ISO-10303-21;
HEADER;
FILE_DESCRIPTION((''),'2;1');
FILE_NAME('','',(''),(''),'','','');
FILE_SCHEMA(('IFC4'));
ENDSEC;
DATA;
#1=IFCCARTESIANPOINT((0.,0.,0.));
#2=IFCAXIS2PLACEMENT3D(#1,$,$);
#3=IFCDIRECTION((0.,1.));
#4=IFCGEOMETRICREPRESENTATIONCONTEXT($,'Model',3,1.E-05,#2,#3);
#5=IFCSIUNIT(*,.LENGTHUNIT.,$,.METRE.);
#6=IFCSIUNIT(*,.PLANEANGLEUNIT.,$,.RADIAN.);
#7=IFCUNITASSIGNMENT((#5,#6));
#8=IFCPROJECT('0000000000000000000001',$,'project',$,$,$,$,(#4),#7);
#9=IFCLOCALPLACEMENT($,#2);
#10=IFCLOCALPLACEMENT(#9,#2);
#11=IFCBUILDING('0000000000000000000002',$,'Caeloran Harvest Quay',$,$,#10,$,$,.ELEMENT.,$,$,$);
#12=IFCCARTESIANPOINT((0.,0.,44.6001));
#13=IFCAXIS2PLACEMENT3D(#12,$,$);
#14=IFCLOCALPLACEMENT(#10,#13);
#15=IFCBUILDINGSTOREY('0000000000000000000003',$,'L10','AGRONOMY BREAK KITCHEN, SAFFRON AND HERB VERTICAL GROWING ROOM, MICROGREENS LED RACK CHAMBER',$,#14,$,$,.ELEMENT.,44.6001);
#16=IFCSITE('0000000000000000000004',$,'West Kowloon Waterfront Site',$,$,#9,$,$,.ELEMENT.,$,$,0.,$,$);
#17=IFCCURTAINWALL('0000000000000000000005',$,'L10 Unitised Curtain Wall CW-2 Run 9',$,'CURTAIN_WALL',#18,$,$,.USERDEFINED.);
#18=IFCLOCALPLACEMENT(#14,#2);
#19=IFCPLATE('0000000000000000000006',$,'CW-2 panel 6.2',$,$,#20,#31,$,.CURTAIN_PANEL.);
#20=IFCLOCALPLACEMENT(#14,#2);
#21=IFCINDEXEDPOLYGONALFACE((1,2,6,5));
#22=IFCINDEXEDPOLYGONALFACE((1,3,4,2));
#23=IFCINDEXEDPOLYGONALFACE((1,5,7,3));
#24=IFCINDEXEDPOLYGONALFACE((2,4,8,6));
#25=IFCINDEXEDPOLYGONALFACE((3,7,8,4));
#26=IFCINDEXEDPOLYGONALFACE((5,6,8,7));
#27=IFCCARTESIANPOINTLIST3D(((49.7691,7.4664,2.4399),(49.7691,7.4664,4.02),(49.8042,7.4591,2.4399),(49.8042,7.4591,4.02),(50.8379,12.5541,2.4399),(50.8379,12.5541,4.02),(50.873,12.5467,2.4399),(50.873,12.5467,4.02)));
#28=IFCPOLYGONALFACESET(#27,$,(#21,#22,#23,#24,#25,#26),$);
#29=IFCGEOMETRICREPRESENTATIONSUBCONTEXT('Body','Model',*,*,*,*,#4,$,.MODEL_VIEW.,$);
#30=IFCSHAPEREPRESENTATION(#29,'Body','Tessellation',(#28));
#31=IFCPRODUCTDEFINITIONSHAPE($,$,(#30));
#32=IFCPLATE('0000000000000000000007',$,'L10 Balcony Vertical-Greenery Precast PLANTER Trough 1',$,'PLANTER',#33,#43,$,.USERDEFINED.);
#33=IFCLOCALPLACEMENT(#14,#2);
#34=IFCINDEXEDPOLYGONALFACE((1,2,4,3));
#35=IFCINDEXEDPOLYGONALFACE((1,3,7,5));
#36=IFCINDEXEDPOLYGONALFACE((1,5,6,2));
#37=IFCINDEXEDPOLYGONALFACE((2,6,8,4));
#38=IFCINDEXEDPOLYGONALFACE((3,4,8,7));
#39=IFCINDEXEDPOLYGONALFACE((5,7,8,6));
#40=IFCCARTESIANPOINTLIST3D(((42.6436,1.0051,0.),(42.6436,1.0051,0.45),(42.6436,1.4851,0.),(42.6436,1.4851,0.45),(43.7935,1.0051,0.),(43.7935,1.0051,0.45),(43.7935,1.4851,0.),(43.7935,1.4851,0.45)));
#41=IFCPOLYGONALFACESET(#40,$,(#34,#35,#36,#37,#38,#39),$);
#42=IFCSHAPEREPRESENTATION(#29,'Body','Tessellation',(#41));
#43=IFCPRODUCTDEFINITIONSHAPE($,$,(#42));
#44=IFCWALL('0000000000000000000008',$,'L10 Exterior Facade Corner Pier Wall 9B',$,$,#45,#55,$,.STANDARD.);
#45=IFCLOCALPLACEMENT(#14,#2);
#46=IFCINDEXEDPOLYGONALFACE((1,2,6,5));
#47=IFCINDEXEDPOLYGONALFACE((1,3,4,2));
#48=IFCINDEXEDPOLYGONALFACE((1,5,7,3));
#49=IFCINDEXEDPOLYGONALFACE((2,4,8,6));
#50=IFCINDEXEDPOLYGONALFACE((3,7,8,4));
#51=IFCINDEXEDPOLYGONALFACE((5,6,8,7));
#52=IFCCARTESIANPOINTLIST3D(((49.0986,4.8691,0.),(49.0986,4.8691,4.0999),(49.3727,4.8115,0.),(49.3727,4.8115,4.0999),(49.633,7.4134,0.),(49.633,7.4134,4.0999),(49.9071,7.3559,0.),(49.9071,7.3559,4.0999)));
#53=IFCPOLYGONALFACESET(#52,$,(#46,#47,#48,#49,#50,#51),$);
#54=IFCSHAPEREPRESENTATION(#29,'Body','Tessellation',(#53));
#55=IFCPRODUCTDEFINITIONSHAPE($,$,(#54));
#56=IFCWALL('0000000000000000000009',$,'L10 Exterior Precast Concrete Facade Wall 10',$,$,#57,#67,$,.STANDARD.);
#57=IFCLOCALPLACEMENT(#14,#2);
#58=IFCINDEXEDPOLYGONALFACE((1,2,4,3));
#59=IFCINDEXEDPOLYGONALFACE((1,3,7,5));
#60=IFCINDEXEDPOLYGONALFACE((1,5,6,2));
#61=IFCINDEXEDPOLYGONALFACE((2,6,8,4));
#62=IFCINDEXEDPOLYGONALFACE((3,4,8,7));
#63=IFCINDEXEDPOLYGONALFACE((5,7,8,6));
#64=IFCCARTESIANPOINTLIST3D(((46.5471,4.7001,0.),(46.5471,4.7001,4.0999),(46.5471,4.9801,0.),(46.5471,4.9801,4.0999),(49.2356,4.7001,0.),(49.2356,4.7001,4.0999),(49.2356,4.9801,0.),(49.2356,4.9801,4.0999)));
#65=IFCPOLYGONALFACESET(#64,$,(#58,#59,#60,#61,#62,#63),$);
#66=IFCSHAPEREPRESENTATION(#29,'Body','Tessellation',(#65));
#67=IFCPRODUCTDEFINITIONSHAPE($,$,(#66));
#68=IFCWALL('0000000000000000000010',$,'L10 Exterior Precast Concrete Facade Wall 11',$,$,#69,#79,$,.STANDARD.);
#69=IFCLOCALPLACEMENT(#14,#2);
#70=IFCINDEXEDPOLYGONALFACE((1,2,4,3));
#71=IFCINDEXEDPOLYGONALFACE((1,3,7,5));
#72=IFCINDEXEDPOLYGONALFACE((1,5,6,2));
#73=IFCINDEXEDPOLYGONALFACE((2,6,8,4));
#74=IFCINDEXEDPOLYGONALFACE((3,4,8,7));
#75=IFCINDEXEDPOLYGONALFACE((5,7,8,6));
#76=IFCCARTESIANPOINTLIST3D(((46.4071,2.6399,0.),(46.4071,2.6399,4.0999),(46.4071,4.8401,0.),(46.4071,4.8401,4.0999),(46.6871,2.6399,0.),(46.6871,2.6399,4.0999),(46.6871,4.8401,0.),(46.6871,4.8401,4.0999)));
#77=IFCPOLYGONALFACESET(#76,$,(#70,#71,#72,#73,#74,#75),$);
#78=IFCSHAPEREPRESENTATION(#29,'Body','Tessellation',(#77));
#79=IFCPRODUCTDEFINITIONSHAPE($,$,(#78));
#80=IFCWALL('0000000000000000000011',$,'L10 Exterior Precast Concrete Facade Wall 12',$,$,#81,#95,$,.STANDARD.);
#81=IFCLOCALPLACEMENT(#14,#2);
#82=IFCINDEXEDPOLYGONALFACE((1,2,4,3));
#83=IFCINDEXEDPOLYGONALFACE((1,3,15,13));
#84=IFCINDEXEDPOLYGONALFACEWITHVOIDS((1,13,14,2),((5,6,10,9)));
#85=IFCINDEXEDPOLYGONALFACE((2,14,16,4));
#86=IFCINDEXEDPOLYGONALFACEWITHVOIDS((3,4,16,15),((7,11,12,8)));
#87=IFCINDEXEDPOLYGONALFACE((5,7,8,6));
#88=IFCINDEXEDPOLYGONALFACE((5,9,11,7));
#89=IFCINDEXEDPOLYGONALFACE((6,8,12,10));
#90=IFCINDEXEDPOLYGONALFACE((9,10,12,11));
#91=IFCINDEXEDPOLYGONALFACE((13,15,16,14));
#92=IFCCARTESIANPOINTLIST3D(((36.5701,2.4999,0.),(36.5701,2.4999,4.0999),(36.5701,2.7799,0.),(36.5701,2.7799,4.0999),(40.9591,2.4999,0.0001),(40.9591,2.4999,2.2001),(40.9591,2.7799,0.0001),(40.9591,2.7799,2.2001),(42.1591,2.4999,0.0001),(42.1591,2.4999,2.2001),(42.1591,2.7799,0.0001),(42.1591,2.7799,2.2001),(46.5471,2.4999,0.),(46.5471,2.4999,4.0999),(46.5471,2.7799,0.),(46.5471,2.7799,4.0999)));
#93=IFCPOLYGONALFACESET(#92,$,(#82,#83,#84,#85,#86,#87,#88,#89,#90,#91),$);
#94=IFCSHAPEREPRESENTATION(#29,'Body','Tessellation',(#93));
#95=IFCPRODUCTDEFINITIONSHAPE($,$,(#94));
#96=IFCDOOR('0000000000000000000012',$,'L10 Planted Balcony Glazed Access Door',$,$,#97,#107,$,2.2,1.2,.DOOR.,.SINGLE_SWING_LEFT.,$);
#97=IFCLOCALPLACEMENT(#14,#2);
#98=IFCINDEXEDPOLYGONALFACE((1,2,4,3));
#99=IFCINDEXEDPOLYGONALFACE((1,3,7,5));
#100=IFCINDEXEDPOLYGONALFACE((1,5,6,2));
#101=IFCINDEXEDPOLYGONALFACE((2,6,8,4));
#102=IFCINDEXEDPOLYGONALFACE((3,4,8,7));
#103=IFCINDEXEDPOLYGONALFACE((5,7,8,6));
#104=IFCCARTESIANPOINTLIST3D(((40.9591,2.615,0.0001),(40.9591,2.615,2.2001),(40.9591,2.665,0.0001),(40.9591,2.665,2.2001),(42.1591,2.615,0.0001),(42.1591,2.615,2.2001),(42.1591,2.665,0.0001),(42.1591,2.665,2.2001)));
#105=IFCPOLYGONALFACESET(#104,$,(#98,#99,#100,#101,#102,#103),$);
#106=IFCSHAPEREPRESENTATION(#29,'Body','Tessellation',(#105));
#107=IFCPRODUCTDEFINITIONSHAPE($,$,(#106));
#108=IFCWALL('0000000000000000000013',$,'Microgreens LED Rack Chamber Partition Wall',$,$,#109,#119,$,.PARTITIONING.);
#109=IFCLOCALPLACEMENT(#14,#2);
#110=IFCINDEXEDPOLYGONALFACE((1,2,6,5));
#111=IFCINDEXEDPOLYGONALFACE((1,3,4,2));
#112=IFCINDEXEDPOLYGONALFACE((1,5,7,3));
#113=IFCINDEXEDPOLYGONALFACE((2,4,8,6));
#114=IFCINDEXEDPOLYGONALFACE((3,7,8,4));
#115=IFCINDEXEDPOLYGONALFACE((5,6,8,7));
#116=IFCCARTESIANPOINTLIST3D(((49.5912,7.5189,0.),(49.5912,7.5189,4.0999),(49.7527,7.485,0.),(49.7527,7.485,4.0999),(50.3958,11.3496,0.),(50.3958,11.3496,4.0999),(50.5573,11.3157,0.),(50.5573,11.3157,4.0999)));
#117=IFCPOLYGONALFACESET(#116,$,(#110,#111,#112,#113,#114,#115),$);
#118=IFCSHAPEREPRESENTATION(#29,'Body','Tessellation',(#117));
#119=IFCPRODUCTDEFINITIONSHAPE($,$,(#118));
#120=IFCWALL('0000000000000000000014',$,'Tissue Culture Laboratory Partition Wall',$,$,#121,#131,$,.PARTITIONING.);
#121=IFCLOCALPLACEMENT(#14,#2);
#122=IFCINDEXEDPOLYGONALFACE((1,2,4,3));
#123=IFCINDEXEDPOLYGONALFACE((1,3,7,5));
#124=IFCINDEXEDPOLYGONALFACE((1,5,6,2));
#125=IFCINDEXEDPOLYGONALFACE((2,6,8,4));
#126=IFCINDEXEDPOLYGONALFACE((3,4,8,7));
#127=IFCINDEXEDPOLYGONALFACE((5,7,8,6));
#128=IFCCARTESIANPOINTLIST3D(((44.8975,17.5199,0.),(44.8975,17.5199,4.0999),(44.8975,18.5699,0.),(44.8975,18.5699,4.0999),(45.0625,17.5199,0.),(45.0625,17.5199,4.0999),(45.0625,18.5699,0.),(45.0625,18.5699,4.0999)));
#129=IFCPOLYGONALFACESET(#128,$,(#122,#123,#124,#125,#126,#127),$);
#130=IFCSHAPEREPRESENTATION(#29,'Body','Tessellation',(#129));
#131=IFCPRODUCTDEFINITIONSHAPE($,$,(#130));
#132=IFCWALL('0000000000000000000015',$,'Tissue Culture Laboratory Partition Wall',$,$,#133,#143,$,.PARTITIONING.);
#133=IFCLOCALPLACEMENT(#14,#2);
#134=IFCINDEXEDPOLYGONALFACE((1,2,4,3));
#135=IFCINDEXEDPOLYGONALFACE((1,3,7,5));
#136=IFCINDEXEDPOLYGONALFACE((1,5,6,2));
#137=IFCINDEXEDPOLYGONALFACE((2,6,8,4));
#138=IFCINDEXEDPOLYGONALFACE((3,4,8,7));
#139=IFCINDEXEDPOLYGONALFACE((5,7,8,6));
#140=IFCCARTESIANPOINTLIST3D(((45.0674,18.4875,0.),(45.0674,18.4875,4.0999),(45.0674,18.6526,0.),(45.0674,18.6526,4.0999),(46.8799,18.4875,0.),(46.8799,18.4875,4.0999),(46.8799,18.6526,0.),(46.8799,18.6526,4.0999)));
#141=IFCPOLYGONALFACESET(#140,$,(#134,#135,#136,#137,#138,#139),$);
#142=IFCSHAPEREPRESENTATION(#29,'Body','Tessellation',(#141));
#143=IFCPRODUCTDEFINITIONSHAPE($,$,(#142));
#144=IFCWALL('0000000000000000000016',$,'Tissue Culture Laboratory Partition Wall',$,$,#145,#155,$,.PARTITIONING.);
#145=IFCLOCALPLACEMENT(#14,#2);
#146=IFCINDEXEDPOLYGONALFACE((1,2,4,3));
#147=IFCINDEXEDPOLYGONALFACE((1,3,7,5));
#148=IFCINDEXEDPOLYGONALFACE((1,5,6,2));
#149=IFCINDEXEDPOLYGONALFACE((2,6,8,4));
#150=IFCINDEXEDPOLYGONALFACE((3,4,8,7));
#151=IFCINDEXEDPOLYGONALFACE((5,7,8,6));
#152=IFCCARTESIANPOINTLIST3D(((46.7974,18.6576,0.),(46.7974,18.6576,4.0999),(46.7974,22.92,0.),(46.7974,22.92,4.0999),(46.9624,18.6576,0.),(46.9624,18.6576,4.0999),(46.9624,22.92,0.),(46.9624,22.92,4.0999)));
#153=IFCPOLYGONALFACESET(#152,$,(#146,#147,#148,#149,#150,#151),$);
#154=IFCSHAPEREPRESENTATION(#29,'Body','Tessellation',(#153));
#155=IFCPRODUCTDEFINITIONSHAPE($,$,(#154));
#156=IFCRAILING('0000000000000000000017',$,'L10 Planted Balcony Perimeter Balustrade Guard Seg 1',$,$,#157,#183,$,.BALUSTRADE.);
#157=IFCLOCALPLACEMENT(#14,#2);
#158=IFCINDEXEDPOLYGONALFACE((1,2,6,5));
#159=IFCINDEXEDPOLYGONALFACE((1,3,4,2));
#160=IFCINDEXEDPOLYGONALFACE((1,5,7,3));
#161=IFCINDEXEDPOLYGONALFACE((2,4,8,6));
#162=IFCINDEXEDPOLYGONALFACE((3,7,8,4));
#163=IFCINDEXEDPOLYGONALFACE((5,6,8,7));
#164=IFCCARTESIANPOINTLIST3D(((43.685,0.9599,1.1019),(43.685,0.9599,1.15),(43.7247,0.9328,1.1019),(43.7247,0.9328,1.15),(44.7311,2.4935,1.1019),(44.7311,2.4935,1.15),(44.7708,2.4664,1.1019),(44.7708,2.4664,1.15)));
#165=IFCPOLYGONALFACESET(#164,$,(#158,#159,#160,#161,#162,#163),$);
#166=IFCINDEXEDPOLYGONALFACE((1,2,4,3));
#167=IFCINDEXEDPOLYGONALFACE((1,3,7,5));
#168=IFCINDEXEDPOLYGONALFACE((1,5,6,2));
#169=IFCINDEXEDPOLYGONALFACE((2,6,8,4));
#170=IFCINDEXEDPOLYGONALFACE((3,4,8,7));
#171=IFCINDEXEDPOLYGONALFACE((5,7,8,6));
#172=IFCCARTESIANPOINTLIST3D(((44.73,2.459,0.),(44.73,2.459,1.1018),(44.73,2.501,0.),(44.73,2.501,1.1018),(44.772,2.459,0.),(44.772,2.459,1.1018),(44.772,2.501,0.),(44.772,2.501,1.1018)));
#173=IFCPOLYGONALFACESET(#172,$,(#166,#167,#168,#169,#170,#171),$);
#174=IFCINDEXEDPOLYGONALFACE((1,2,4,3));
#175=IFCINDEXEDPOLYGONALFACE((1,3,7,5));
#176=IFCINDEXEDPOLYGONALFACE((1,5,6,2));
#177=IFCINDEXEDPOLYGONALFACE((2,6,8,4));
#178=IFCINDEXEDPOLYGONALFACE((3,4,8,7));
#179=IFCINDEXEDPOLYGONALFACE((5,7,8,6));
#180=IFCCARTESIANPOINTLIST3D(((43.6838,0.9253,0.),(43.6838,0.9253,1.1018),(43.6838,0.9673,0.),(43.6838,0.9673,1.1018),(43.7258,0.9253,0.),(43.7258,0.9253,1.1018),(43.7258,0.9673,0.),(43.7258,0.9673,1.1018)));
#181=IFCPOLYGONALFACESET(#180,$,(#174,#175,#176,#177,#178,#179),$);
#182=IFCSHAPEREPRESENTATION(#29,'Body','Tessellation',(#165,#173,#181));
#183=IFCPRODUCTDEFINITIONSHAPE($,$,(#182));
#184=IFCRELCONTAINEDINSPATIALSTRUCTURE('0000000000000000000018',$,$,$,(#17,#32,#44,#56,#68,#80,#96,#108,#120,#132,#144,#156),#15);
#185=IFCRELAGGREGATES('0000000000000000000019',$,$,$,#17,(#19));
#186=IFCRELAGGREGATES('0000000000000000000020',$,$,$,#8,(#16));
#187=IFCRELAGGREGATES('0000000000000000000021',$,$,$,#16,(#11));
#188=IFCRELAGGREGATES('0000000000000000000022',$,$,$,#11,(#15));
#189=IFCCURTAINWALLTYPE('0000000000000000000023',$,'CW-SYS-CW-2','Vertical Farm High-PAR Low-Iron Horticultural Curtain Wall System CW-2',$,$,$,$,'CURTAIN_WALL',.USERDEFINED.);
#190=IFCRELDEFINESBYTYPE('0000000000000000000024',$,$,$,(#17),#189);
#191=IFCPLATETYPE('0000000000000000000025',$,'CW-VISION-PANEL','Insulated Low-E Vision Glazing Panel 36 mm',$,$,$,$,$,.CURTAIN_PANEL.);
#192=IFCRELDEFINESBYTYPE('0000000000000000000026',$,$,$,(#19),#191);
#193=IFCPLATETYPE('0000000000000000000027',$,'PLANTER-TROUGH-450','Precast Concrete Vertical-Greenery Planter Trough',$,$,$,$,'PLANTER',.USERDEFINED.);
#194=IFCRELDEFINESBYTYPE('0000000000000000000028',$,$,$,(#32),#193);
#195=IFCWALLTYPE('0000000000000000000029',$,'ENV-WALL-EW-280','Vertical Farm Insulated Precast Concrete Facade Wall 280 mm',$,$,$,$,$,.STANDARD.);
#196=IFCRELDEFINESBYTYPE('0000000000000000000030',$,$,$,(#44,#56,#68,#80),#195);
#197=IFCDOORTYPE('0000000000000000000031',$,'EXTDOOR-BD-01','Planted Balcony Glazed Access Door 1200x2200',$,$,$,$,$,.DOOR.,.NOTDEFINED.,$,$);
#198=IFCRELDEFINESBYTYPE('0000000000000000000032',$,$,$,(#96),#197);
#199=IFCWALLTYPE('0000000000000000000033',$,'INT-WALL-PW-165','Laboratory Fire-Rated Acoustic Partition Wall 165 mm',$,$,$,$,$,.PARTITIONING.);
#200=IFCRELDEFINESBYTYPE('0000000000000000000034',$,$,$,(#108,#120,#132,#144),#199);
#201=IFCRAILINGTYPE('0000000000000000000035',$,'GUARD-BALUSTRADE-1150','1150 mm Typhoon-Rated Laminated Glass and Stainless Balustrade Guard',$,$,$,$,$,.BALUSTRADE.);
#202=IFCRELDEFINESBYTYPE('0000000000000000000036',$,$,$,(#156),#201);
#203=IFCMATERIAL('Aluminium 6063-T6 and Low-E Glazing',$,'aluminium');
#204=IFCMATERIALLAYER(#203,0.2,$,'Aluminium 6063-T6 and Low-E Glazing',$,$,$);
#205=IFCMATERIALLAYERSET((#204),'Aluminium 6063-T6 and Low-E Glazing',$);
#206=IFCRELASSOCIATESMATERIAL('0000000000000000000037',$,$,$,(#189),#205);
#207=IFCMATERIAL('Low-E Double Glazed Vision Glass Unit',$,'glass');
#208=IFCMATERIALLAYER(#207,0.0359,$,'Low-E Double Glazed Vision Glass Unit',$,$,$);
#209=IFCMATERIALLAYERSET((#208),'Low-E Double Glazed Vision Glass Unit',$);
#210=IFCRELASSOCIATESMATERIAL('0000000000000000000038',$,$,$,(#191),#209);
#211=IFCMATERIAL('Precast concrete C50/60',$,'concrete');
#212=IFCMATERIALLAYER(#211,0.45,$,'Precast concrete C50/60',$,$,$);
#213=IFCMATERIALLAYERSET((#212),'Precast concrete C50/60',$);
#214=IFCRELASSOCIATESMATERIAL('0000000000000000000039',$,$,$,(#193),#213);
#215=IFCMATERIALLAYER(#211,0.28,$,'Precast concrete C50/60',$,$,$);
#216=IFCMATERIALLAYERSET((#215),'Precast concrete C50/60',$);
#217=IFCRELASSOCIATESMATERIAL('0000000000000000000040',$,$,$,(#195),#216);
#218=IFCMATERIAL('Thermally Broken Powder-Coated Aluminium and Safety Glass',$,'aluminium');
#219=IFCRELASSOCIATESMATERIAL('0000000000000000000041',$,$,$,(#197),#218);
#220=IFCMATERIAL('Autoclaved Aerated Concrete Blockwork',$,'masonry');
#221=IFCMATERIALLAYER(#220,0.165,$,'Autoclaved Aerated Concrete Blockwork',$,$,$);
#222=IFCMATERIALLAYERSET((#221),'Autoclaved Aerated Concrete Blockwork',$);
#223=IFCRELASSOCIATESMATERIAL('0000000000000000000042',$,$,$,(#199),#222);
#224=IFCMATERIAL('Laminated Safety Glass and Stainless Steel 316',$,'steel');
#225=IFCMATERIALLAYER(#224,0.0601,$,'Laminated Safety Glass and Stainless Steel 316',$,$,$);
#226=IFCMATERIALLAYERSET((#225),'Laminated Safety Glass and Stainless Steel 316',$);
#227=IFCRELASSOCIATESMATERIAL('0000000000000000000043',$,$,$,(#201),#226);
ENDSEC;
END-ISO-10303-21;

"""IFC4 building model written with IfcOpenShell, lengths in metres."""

from ifc_helpers import new_model, si_unit, direction, frame, frame_2d, origin, origin_2d, place, context, subcontext, project, spatial, rectangle, extrude, material, layer, layer_set, type_object, element, fill, aggregate, save


model = new_model("IFC4")

# Units and contexts
model_context = context("Model", 3, precision=1e-05, world=origin(), true_north=direction((0.0, 1.0)))
body_context = subcontext(model_context, "Body", "Model", "MODEL_VIEW")
ifc_project = project(units=[si_unit("LENGTHUNIT", "METRE"), si_unit("PLANEANGLEUNIT", "RADIAN")], contexts=[model_context])

# Site, building, storey
site_placement = place(None, origin())
site = spatial("IfcSite", under=ifc_project, at=site_placement, Name="West Kowloon Waterfront Site", CompositionType="ELEMENT", RefElevation=0.0)
building_placement = place(site_placement, origin())
building = spatial("IfcBuilding", under=site, at=building_placement, Name="Caeloran Harvest Quay", CompositionType="ELEMENT")
storey_placement = place(building_placement, frame((0.0, 0.0, 44.6001)))
storey = spatial("IfcBuildingStorey", under=building, at=storey_placement, Name="L10", Description="AGRONOMY BREAK KITCHEN, SAFFRON AND HERB VERTICAL GROWING ROOM, MICROGREENS LED RACK CHAMBER", CompositionType="ELEMENT", Elevation=44.6001)

# Curtain wall, plate
ifc_material_1 = material(Name="Aluminium 6063-T6 and Low-E Glazing", Category="aluminium")
ifc_layer_1 = layer(ifc_material_1, 0.2, Name="Aluminium 6063-T6 and Low-E Glazing")
ifc_layer_set_1 = layer_set([ifc_layer_1], Name="Aluminium 6063-T6 and Low-E Glazing")
curtain_wall_type = type_object("IfcCurtainWallType", Name="CW-SYS-CW-2", Description="Vertical Farm High-PAR Low-Iron Horticultural Curtain Wall System CW-2", ElementType="CURTAIN_WALL", PredefinedType="USERDEFINED", material=ifc_layer_set_1)
curtain_wall_placement = place(storey_placement, origin())
curtain_wall = element("IfcCurtainWall", 1, at=curtain_wall_placement, inside=storey, type_object=curtain_wall_type, Name="L10 Unitised Curtain Wall CW-2 Run 9", ObjectType="CURTAIN_WALL", PredefinedType="USERDEFINED")
ifc_material_2 = material(Name="Low-E Double Glazed Vision Glass Unit", Category="glass")
ifc_layer_2 = layer(ifc_material_2, 0.0359, Name="Low-E Double Glazed Vision Glass Unit")
ifc_layer_set_2 = layer_set([ifc_layer_2], Name="Low-E Double Glazed Vision Glass Unit")
plate_type_1 = type_object("IfcPlateType", Name="CW-VISION-PANEL", Description="Insulated Low-E Vision Glazing Panel 36 mm", PredefinedType="CURTAIN_PANEL", material=ifc_layer_set_2)
plate_1_placement = place(storey_placement, frame((50.321, 10.0066, 2.4399), z_axis=(0.0, 0.0, 1.0), x_axis=(-0.205583, -0.97864, 0.0)))
plate_1 = element("IfcPlate", 2, at=plate_1_placement, type_object=plate_type_1, Name="CW-2 panel 6.2", PredefinedType="CURTAIN_PANEL", context=body_context, shape_type="SweptSolid", body=[
    extrude(rectangle(XDim=5.1987, YDim=0.0359, at=origin_2d()), origin(), (0.0, 0.0, 1.0), 1.5801),
])
aggregate(curtain_wall, [plate_1])

# Plate
ifc_material_3 = material(Name="Precast concrete C50/60", Category="concrete")
ifc_layer_3 = layer(ifc_material_3, 0.45, Name="Precast concrete C50/60")
ifc_layer_set_3 = layer_set([ifc_layer_3], Name="Precast concrete C50/60")
plate_type_2 = type_object("IfcPlateType", Name="PLANTER-TROUGH-450", Description="Precast Concrete Vertical-Greenery Planter Trough", ElementType="PLANTER", PredefinedType="USERDEFINED", material=ifc_layer_set_3)
plate_2_placement = place(storey_placement, frame((43.2185, 1.2451, 0.0), z_axis=(0.0, 0.0, 1.0), x_axis=(1.0, 0.0, 0.0)))
element("IfcPlate", 3, at=plate_2_placement, inside=storey, type_object=plate_type_2, Name="L10 Balcony Vertical-Greenery Precast PLANTER Trough 1", ObjectType="PLANTER", PredefinedType="USERDEFINED", context=body_context, shape_type="SweptSolid", body=[
    extrude(rectangle(XDim=1.1499, YDim=0.48, at=origin_2d()), origin(), (0.0, 0.0, 1.0), 0.45),
])

# Walls
ifc_layer_4 = layer(ifc_material_3, 0.28, Name="Precast concrete C50/60")
ifc_layer_set_4 = layer_set([ifc_layer_4], Name="Precast concrete C50/60")
wall_type_1 = type_object("IfcWallType", Name="ENV-WALL-EW-280", Description="Vertical Farm Insulated Precast Concrete Facade Wall 280 mm", PredefinedType="STANDARD", material=ifc_layer_set_4)
wall_1_placement = place(storey_placement, frame((49.77, 7.3845, 0.0), z_axis=(0.0, 0.0, 1.0), x_axis=(-0.205551, -0.978646, 0.0)))
element("IfcWall", 4, at=wall_1_placement, inside=storey, type_object=wall_type_1, Name="L10 Exterior Facade Corner Pier Wall 9B", PredefinedType="STANDARD", context=body_context, shape_type="SweptSolid", body=[
    extrude(rectangle(XDim=2.5999, YDim=0.28, at=frame_2d((1.2998, 0.0))), origin(), (0.0, 0.0, 1.0), 4.0999),
])
wall_2_placement = place(storey_placement, frame((49.2356, 4.8401, 0.0), z_axis=(0.0, 0.0, 1.0), x_axis=(-1.0, 0.0, 0.0)))
element("IfcWall", 5, at=wall_2_placement, inside=storey, type_object=wall_type_1, Name="L10 Exterior Precast Concrete Facade Wall 10", PredefinedType="STANDARD", context=body_context, shape_type="SweptSolid", body=[
    extrude(rectangle(XDim=2.6885, YDim=0.28, at=frame_2d((1.3442, 0.0))), origin(), (0.0, 0.0, 1.0), 4.0999),
])
wall_3_placement = place(storey_placement, frame((46.5471, 4.8401, 0.0), z_axis=(0.0, 0.0, 1.0), x_axis=(0.0, -1.0, 0.0)))
element("IfcWall", 6, at=wall_3_placement, inside=storey, type_object=wall_type_1, Name="L10 Exterior Precast Concrete Facade Wall 11", PredefinedType="STANDARD", context=body_context, shape_type="SweptSolid", body=[
    extrude(rectangle(XDim=2.2002, YDim=0.28, at=frame_2d((1.1001, 0.0))), origin(), (0.0, 0.0, 1.0), 4.0999),
])

# Wall, opening, door
wall_4_placement = place(storey_placement, frame((46.5471, 2.6399, 0.0), z_axis=(0.0, 0.0, 1.0), x_axis=(-1.0, 0.0, 0.0)))
wall_4 = element("IfcWall", 7, at=wall_4_placement, inside=storey, type_object=wall_type_1, Name="L10 Exterior Precast Concrete Facade Wall 12", PredefinedType="STANDARD", context=body_context, shape_type="SweptSolid", body=[
    extrude(rectangle(XDim=9.9771, YDim=0.28, at=frame_2d((4.9885, 0.0))), origin(), (0.0, 0.0, 1.0), 4.0999),
])
opening_placement = place(wall_4_placement, frame((4.3879, 0.0, 0.0)))
opening = element("IfcOpeningElement", 8, at=opening_placement, cuts=wall_4, PredefinedType="OPENING", context=body_context, shape_type="SweptSolid", body=[
    extrude(rectangle(XDim=1.2, YDim=2.2, at=frame_2d((0.6001, 1.1001))), frame((0.0, 0.1499, 0.0), z_axis=(0.0, -1.0, 0.0), x_axis=(1.0, 0.0, 0.0)), (0.0, 0.0, 1.0), 0.3),
])
ifc_material_4 = material(Name="Thermally Broken Powder-Coated Aluminium and Safety Glass", Category="aluminium")
door_type = type_object("IfcDoorType", Name="EXTDOOR-BD-01", Description="Planted Balcony Glazed Access Door 1200x2200", OperationType="NOTDEFINED", PredefinedType="DOOR", material=ifc_material_4)
door_placement = place(opening_placement, origin())
door = element("IfcDoor", 9, at=door_placement, inside=storey, type_object=door_type, Name="L10 Planted Balcony Glazed Access Door", OperationType="SINGLE_SWING_LEFT", OverallHeight=2.2, OverallWidth=1.2, PredefinedType="DOOR", context=body_context, shape_type="SweptSolid", body=[
    extrude(rectangle(XDim=1.2, YDim=2.2, at=frame_2d((0.6001, 1.1001))), frame((0.0, 0.0249, 0.0), z_axis=(0.0, -1.0, 0.0), x_axis=(1.0, 0.0, 0.0)), (0.0, 0.0, 1.0), 0.05),
])
fill(opening, door)

# Walls
ifc_material_5 = material(Name="Autoclaved Aerated Concrete Blockwork", Category="masonry")
ifc_layer_5 = layer(ifc_material_5, 0.165, Name="Autoclaved Aerated Concrete Blockwork")
ifc_layer_set_5 = layer_set([ifc_layer_5], Name="Autoclaved Aerated Concrete Blockwork")
wall_type_2 = type_object("IfcWallType", Name="INT-WALL-PW-165", Description="Laboratory Fire-Rated Acoustic Partition Wall 165 mm", PredefinedType="PARTITIONING", material=ifc_layer_set_5)
wall_5_placement = place(storey_placement, frame((50.4766, 11.3325, 0.0), z_axis=(0.0, 0.0, 1.0), x_axis=(-0.20557, -0.978642, 0.0)))
element("IfcWall", 10, at=wall_5_placement, inside=storey, type_object=wall_type_2, Name="Microgreens LED Rack Chamber Partition Wall", PredefinedType="PARTITIONING", context=body_context, shape_type="SweptSolid", body=[
    extrude(rectangle(XDim=3.9143, YDim=0.165, at=frame_2d((1.957, 0.0))), origin(), (0.0, 0.0, 1.0), 4.0999),
])
wall_6_placement = place(storey_placement, frame((44.98, 17.52, 0.0), z_axis=(0.0, 0.0, 1.0), x_axis=(0.0, 1.0, 0.0)))
element("IfcWall", 11, at=wall_6_placement, inside=storey, type_object=wall_type_2, Name="Tissue Culture Laboratory Partition Wall", PredefinedType="PARTITIONING", context=body_context, shape_type="SweptSolid", body=[
    extrude(rectangle(XDim=1.05, YDim=0.165, at=frame_2d((0.5249, 0.0))), origin(), (0.0, 0.0, 1.0), 4.0999),
])
wall_7_placement = place(storey_placement, frame((45.0674, 18.5701, 0.0), z_axis=(0.0, 0.0, 1.0), x_axis=(1.0, 0.0, 0.0)))
element("IfcWall", 12, at=wall_7_placement, inside=storey, type_object=wall_type_2, Name="Tissue Culture Laboratory Partition Wall", PredefinedType="PARTITIONING", context=body_context, shape_type="SweptSolid", body=[
    extrude(rectangle(XDim=1.8125, YDim=0.165, at=frame_2d((0.9062, 0.0))), origin(), (0.0, 0.0, 1.0), 4.0999),
])
wall_8_placement = place(storey_placement, frame((46.8799, 18.6575, 0.0), z_axis=(0.0, 0.0, 1.0), x_axis=(0.0, 1.0, 0.0)))
element("IfcWall", 13, at=wall_8_placement, inside=storey, type_object=wall_type_2, Name="Tissue Culture Laboratory Partition Wall", PredefinedType="PARTITIONING", context=body_context, shape_type="SweptSolid", body=[
    extrude(rectangle(XDim=4.2625, YDim=0.165, at=frame_2d((2.1313, 0.0))), origin(), (0.0, 0.0, 1.0), 4.0999),
])

# Railing
ifc_material_6 = material(Name="Laminated Safety Glass and Stainless Steel 316", Category="steel")
ifc_layer_6 = layer(ifc_material_6, 0.0601, Name="Laminated Safety Glass and Stainless Steel 316")
ifc_layer_set_6 = layer_set([ifc_layer_6], Name="Laminated Safety Glass and Stainless Steel 316")
railing_type = type_object("IfcRailingType", Name="GUARD-BALUSTRADE-1150", Description="1150 mm Typhoon-Rated Laminated Glass and Stainless Balustrade Guard", PredefinedType="BALUSTRADE", material=ifc_layer_set_6)
railing_1_placement = place(storey_placement, frame((44.751, 2.48, 0.0)))
element("IfcRailing", 14, at=railing_1_placement, inside=storey, type_object=railing_type, Name="L10 Planted Balcony Perimeter Balustrade Guard Seg 1", PredefinedType="BALUSTRADE", context=body_context, shape_type="SweptSolid", body=[
    extrude(rectangle(XDim=0.0481, YDim=0.0481, at=origin_2d()), frame((0.0, 0.0, 1.126), z_axis=(-0.5635, -0.826116, 0.0), x_axis=(0.826116, -0.5635, 0.0)), (0.0, 0.0, 1.0), 1.8564),
    extrude(rectangle(XDim=0.042, YDim=0.042, at=origin_2d()), origin(), (0.0, 0.0, 1.0), 1.1018),
    extrude(rectangle(XDim=0.042, YDim=0.042, at=origin_2d()), frame((-1.0461, -1.5337, 0.0)), (0.0, 0.0, 1.0), 1.1018),
])

save(model, "model.ifc")
